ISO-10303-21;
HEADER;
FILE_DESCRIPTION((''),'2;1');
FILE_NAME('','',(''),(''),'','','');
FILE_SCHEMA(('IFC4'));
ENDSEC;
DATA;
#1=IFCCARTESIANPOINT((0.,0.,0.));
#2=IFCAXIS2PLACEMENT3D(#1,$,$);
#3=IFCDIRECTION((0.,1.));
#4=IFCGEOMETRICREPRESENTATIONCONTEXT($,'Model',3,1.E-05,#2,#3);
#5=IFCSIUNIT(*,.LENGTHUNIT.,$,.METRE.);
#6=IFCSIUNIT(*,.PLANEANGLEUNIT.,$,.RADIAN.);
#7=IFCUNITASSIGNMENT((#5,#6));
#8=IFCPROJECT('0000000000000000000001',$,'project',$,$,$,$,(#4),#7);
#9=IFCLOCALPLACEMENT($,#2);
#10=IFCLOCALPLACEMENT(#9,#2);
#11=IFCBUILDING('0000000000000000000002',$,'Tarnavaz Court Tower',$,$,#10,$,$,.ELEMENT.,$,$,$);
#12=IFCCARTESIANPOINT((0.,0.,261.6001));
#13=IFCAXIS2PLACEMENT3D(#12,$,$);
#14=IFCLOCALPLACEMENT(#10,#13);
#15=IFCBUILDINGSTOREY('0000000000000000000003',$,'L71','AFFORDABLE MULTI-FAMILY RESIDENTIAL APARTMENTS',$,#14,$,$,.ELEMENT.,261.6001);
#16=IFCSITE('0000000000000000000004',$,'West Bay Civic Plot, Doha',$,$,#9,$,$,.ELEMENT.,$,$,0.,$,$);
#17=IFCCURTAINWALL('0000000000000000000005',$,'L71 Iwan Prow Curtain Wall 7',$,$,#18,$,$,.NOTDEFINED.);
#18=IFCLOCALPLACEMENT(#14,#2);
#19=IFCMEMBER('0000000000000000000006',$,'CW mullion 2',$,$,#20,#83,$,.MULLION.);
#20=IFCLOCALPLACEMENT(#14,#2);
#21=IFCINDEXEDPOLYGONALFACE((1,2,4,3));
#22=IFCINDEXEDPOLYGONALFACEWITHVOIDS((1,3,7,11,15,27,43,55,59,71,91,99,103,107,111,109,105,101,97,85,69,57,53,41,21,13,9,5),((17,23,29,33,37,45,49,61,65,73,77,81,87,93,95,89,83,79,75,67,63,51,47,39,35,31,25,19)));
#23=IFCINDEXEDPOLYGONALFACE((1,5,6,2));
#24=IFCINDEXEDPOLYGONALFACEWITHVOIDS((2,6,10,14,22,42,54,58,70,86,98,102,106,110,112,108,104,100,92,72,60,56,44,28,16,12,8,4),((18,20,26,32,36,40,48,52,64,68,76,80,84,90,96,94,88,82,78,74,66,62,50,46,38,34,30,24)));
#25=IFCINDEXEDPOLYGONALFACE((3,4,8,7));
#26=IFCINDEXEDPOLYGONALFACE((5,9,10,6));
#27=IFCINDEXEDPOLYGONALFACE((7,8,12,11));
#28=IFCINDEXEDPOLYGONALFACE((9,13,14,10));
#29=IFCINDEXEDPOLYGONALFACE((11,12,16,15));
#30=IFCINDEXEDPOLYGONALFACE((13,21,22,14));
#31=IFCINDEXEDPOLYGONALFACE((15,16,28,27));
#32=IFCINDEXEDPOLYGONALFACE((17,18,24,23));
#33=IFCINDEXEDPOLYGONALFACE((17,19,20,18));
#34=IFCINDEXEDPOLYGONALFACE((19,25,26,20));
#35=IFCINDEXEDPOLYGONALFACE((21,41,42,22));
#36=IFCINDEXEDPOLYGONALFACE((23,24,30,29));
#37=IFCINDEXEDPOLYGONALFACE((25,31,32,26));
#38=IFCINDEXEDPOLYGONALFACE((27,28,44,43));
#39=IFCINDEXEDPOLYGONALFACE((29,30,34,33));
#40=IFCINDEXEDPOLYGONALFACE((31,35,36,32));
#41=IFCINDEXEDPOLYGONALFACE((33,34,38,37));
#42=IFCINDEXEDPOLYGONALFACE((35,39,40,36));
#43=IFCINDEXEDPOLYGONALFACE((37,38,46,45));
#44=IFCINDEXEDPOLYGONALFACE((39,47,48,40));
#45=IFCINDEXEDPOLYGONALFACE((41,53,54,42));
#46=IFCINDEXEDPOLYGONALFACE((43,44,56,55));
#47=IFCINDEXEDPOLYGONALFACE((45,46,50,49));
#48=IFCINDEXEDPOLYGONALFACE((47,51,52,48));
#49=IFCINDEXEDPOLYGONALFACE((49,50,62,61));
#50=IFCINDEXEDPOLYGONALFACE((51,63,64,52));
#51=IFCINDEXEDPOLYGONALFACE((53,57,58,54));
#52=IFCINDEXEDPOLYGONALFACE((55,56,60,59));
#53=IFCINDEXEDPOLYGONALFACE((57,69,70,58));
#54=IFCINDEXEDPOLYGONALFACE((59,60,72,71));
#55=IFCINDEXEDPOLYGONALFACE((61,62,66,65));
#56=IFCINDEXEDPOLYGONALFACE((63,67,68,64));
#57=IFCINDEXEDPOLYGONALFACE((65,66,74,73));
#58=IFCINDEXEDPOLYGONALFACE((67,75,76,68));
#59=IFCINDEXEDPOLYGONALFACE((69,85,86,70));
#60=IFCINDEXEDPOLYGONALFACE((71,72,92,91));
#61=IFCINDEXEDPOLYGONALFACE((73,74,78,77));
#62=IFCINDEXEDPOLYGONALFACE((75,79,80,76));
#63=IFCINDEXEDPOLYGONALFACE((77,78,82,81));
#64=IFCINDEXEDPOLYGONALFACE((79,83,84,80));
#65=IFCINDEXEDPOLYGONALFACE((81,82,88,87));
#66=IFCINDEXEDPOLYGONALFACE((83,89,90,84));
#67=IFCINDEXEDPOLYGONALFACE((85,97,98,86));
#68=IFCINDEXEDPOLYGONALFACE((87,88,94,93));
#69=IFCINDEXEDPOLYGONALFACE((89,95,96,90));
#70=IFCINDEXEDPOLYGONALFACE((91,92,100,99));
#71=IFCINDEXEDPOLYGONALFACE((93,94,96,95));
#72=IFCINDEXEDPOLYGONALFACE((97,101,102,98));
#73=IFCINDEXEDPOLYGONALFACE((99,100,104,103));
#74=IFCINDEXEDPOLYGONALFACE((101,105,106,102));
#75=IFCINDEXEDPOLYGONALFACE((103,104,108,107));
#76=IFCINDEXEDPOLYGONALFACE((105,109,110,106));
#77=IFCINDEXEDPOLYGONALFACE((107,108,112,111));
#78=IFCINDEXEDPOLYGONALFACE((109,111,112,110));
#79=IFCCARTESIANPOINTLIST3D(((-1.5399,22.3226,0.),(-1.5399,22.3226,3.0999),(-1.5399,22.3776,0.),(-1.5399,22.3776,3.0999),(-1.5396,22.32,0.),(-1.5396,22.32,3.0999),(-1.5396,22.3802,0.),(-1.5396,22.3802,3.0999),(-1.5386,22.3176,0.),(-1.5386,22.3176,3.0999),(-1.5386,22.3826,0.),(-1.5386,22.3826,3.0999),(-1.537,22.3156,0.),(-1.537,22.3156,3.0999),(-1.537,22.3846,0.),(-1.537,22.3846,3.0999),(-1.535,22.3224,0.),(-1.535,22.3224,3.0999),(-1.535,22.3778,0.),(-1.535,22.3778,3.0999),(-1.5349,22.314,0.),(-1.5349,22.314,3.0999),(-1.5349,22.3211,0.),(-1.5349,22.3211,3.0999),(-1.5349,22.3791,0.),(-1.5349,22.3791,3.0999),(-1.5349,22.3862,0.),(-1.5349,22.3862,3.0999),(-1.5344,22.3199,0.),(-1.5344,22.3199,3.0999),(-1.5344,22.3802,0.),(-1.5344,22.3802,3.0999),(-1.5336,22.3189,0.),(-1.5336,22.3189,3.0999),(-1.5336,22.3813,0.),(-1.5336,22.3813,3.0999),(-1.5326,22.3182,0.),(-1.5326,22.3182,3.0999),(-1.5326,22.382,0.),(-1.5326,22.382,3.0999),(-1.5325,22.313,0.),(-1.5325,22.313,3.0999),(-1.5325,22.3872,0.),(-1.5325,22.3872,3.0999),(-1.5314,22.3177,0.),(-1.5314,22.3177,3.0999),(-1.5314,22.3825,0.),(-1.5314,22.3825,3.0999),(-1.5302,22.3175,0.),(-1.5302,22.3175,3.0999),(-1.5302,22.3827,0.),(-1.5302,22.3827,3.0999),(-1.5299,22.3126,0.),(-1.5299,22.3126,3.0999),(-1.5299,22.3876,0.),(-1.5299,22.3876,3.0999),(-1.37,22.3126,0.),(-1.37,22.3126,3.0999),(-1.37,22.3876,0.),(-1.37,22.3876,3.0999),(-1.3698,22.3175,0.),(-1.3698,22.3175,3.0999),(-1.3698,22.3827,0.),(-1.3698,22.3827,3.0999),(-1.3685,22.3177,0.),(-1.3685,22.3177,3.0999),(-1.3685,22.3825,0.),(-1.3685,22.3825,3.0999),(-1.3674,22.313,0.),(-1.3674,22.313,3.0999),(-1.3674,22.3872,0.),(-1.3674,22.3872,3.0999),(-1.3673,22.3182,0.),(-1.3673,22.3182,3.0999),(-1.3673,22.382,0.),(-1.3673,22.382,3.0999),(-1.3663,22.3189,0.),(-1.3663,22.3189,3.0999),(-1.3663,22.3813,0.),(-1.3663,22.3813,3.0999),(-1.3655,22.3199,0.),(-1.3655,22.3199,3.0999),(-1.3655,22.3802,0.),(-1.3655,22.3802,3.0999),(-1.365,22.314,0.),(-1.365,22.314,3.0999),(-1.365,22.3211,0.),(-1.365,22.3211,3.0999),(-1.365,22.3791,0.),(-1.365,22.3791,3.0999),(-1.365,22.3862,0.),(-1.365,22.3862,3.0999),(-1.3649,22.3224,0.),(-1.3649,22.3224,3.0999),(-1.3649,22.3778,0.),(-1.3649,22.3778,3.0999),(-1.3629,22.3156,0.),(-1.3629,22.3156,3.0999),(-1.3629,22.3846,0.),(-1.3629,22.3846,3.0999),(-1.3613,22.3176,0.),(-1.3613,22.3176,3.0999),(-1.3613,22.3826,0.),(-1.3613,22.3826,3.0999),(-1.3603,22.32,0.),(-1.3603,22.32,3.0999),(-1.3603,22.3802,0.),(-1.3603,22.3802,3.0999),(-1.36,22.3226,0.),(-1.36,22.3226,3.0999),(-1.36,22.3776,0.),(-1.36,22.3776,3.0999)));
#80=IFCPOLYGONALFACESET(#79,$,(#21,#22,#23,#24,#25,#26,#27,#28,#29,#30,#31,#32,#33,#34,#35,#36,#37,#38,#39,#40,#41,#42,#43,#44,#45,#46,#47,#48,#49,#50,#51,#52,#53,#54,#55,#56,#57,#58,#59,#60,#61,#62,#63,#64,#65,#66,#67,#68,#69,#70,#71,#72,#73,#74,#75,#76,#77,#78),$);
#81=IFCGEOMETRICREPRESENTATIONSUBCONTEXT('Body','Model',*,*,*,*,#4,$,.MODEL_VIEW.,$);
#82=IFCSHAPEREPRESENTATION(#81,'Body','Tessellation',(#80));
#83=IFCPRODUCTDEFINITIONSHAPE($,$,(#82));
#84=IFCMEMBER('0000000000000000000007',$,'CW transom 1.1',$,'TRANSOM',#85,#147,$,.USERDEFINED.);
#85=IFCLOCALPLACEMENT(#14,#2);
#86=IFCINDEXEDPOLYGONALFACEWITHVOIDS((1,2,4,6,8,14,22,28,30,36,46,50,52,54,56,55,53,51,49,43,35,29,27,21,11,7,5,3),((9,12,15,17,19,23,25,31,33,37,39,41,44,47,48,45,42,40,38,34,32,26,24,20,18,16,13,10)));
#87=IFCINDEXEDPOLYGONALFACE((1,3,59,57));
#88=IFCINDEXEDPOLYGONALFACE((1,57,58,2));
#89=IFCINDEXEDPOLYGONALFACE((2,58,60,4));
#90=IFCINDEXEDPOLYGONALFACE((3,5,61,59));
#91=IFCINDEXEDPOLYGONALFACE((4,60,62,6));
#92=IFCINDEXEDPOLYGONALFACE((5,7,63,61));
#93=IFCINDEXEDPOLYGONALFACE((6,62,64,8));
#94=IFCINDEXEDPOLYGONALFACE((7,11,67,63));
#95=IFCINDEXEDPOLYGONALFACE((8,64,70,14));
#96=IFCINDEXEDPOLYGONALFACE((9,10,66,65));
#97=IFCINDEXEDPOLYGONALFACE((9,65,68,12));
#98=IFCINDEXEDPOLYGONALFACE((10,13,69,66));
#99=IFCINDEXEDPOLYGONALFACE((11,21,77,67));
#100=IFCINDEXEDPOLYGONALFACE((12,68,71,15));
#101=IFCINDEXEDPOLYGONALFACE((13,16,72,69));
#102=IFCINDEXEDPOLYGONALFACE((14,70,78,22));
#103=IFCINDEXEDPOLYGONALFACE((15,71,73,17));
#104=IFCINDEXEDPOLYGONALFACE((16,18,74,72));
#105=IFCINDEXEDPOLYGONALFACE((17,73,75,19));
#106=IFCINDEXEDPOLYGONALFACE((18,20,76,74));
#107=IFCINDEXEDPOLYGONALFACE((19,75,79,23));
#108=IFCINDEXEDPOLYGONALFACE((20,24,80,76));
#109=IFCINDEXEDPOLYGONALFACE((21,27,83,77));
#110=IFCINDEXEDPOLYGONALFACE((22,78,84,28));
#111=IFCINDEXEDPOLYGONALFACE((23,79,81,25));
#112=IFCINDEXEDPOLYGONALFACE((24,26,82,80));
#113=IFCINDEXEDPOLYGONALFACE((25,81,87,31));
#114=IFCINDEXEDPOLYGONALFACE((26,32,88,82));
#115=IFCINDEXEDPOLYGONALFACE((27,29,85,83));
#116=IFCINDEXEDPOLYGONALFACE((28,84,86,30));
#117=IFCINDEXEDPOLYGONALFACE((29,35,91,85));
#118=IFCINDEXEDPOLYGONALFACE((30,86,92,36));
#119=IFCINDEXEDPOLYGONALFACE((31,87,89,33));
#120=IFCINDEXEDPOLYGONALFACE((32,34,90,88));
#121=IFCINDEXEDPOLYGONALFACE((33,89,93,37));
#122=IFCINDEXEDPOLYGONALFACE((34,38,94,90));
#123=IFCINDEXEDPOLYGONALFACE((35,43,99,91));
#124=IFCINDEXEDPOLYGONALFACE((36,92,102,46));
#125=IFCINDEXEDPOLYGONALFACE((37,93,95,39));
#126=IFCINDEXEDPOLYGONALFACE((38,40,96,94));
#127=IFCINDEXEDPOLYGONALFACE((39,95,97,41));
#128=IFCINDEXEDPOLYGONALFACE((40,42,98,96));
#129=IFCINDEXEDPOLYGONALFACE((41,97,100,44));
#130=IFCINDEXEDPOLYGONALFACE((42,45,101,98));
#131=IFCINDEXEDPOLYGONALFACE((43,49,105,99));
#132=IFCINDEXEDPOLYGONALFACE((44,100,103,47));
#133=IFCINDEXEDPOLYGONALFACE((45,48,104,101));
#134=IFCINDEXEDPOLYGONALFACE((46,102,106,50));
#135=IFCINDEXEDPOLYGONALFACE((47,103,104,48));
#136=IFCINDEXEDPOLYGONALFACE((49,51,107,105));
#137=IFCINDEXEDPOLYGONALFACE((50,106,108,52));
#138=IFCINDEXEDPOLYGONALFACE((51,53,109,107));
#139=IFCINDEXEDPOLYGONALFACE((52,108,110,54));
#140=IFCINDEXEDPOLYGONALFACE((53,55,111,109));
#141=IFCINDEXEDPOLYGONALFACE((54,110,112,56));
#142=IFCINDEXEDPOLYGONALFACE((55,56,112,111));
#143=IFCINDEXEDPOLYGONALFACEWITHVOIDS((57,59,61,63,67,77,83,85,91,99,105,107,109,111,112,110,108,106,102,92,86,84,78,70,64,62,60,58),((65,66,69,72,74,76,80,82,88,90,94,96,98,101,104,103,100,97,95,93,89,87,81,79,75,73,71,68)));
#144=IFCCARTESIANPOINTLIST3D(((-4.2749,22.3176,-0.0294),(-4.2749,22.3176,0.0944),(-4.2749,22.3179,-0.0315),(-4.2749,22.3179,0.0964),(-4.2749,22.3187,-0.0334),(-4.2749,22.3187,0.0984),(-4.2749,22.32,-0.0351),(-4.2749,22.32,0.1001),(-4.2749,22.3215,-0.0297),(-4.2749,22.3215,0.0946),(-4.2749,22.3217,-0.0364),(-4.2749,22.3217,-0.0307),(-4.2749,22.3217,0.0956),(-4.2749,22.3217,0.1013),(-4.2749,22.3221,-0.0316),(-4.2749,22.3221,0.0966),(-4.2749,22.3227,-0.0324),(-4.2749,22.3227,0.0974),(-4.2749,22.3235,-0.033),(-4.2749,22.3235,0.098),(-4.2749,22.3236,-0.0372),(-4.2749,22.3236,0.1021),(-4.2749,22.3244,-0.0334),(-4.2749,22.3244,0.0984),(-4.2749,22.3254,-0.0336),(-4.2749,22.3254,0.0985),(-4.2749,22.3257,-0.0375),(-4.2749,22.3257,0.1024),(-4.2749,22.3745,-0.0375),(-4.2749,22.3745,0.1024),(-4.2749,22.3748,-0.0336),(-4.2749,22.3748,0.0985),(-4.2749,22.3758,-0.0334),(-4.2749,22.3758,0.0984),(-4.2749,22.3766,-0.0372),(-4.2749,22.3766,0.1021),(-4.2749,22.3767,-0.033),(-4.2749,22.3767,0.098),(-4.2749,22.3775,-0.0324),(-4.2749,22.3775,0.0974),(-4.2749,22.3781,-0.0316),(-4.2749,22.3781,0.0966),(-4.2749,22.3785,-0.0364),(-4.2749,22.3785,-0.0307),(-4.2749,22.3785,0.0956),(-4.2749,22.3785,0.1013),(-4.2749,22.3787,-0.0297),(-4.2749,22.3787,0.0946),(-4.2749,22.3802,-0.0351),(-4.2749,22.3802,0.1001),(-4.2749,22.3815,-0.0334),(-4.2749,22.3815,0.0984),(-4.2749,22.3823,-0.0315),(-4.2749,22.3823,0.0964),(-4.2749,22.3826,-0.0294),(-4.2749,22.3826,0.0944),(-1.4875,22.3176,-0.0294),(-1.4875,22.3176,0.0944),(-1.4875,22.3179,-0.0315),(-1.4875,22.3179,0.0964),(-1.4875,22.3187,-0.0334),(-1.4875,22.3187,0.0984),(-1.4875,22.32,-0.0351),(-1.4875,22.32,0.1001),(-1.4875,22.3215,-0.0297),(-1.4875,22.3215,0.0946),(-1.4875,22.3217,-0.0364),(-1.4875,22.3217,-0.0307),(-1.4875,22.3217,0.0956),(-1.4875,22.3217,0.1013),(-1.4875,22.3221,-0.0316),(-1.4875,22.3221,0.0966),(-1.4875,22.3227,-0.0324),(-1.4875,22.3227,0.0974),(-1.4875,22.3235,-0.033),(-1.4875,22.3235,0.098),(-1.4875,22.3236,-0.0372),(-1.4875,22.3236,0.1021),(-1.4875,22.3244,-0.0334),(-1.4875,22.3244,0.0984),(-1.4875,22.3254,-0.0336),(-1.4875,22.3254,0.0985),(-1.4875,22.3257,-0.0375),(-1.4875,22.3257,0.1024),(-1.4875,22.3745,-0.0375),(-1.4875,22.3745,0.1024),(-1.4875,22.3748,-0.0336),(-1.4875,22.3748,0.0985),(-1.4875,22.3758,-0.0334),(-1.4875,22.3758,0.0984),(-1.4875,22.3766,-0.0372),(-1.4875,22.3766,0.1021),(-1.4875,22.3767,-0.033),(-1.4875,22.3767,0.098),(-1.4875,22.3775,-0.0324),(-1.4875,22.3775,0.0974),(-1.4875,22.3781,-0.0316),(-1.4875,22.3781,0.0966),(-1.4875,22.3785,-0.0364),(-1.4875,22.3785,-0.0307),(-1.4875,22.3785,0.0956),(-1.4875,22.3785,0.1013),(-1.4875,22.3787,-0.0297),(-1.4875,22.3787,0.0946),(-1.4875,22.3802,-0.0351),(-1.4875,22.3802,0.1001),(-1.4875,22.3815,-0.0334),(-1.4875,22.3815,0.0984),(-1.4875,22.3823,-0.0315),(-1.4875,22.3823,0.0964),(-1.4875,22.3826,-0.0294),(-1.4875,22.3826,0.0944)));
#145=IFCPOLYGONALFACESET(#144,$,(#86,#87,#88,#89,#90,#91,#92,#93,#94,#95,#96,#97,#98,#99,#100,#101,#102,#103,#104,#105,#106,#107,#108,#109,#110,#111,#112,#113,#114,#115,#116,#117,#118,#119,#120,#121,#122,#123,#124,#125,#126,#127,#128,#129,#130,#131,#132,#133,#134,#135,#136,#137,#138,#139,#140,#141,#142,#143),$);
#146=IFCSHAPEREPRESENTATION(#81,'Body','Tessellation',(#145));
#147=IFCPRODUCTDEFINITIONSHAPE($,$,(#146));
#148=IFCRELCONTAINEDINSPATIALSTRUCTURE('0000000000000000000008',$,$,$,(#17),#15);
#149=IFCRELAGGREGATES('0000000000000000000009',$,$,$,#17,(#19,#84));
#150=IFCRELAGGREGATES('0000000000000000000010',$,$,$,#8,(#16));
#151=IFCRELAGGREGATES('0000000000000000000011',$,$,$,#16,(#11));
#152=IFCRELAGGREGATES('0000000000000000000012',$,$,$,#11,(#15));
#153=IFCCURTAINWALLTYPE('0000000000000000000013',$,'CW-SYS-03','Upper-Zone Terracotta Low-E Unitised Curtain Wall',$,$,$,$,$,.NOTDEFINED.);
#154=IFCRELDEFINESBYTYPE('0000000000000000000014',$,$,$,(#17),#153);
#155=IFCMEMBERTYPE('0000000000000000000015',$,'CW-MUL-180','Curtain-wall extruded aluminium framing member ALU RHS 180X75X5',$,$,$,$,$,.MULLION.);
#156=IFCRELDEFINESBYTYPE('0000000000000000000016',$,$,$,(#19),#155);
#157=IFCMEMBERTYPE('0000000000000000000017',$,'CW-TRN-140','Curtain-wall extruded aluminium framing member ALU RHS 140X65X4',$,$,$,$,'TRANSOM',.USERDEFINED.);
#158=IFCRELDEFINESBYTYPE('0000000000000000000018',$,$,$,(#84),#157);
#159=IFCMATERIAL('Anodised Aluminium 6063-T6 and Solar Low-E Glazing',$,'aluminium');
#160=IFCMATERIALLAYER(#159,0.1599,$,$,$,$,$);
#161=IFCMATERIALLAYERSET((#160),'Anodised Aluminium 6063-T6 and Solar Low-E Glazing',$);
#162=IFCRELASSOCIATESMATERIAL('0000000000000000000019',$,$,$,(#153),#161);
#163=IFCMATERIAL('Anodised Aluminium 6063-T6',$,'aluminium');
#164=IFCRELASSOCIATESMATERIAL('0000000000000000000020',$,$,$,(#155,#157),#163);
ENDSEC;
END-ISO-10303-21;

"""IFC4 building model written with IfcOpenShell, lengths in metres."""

from ifc_helpers import new_model, si_unit, direction, frame, origin, origin_2d, place, context, subcontext, project, spatial, hollow_rectangle, extrude, material, layer, layer_set, material_profile, profile_set, type_object, element, aggregate, save


model = new_model("IFC4")

# Units and contexts
model_context = context("Model", 3, precision=1e-05, world=origin(), true_north=direction((0.0, 1.0)))
body_context = subcontext(model_context, "Body", "Model", "MODEL_VIEW")
ifc_project = project(units=[si_unit("LENGTHUNIT", "METRE"), si_unit("PLANEANGLEUNIT", "RADIAN")], contexts=[model_context])

# Site, building, storey
site_placement = place(None, origin())
site = spatial("IfcSite", under=ifc_project, at=site_placement, Name="West Bay Civic Plot, Doha", CompositionType="ELEMENT", RefElevation=0.0)
building_placement = place(site_placement, origin())
building = spatial("IfcBuilding", under=site, at=building_placement, Name="Tarnavaz Court Tower", CompositionType="ELEMENT")
storey_placement = place(building_placement, frame((0.0, 0.0, 261.6001)))
storey = spatial("IfcBuildingStorey", under=building, at=storey_placement, Name="L71", Description="AFFORDABLE MULTI-FAMILY RESIDENTIAL APARTMENTS", CompositionType="ELEMENT", Elevation=261.6001)

# Curtain wall, members
ifc_material_1 = material(Name="Anodised Aluminium 6063-T6 and Solar Low-E Glazing", Category="aluminium")
ifc_layer_1 = layer(ifc_material_1, 0.1599)
ifc_layer_set_1 = layer_set([ifc_layer_1], Name="Anodised Aluminium 6063-T6 and Solar Low-E Glazing")
curtain_wall_type = type_object("IfcCurtainWallType", Name="CW-SYS-03", Description="Upper-Zone Terracotta Low-E Unitised Curtain Wall", PredefinedType="NOTDEFINED", material=ifc_layer_set_1)
curtain_wall_placement = place(storey_placement, origin())
curtain_wall = element("IfcCurtainWall", 1, at=curtain_wall_placement, inside=storey, type_object=curtain_wall_type, Name="L71 Iwan Prow Curtain Wall 7", PredefinedType="NOTDEFINED")
ifc_material_2 = material(Name="Anodised Aluminium 6063-T6", Category="aluminium")
ifc_material_profile_1 = material_profile(ifc_material_2, hollow_rectangle(XDim=0.075, YDim=0.1799, WallThickness=0.0049, InnerFilletRadius=0.0049, OuterFilletRadius=0.01, at=origin_2d()), Name="ALU RHS 180X75X5")
ifc_profile_set_1 = profile_set([ifc_material_profile_1], Name="Anodised Aluminium 6063-T6")
member_type_1 = type_object("IfcMemberType", Name="CW-MUL-180", Description="Curtain-wall extruded aluminium framing member ALU RHS 180X75X5", PredefinedType="MULLION", material=ifc_profile_set_1)
member_1_placement = place(storey_placement, frame((-1.45, 22.3501, 0.0), z_axis=(0.0, 0.0, 1.0), x_axis=(0.0, 1.0, 0.0)))
member_1 = element("IfcMember", 2, at=member_1_placement, type_object=member_type_1, Name="CW mullion 2", PredefinedType="MULLION", context=body_context, shape_type="SweptSolid", body=[
    extrude(hollow_rectangle(XDim=0.075, YDim=0.1799, WallThickness=0.0049, InnerFilletRadius=0.0049, OuterFilletRadius=0.01, at=origin_2d()), origin(), (0.0, 0.0, 1.0), 3.0999),
])
ifc_material_profile_2 = material_profile(ifc_material_2, hollow_rectangle(XDim=0.0649, YDim=0.1399, WallThickness=0.0039, InnerFilletRadius=0.0039, OuterFilletRadius=0.0081, at=origin_2d()), Name="ALU RHS 140X65X4")
ifc_profile_set_2 = profile_set([ifc_material_profile_2], Name="Anodised Aluminium 6063-T6")
member_type_2 = type_object("IfcMemberType", Name="CW-TRN-140", Description="Curtain-wall extruded aluminium framing member ALU RHS 140X65X4", ElementType="TRANSOM", PredefinedType="USERDEFINED", material=ifc_profile_set_2)
member_2_placement = place(storey_placement, frame((-4.2749, 22.3501, 0.0325), z_axis=(1.0, 0.0, 0.0), x_axis=(0.0, 1.0, 0.0)))
member_2 = element("IfcMember", 3, at=member_2_placement, type_object=member_type_2, Name="CW transom 1.1", ObjectType="TRANSOM", PredefinedType="USERDEFINED", context=body_context, shape_type="SweptSolid", body=[
    extrude(hollow_rectangle(XDim=0.0649, YDim=0.1399, WallThickness=0.0039, InnerFilletRadius=0.0039, OuterFilletRadius=0.0081, at=origin_2d()), origin(), (0.0, 0.0, 1.0), 2.7874),
])
aggregate(curtain_wall, [member_1, member_2])

save(model, "model.ifc")
